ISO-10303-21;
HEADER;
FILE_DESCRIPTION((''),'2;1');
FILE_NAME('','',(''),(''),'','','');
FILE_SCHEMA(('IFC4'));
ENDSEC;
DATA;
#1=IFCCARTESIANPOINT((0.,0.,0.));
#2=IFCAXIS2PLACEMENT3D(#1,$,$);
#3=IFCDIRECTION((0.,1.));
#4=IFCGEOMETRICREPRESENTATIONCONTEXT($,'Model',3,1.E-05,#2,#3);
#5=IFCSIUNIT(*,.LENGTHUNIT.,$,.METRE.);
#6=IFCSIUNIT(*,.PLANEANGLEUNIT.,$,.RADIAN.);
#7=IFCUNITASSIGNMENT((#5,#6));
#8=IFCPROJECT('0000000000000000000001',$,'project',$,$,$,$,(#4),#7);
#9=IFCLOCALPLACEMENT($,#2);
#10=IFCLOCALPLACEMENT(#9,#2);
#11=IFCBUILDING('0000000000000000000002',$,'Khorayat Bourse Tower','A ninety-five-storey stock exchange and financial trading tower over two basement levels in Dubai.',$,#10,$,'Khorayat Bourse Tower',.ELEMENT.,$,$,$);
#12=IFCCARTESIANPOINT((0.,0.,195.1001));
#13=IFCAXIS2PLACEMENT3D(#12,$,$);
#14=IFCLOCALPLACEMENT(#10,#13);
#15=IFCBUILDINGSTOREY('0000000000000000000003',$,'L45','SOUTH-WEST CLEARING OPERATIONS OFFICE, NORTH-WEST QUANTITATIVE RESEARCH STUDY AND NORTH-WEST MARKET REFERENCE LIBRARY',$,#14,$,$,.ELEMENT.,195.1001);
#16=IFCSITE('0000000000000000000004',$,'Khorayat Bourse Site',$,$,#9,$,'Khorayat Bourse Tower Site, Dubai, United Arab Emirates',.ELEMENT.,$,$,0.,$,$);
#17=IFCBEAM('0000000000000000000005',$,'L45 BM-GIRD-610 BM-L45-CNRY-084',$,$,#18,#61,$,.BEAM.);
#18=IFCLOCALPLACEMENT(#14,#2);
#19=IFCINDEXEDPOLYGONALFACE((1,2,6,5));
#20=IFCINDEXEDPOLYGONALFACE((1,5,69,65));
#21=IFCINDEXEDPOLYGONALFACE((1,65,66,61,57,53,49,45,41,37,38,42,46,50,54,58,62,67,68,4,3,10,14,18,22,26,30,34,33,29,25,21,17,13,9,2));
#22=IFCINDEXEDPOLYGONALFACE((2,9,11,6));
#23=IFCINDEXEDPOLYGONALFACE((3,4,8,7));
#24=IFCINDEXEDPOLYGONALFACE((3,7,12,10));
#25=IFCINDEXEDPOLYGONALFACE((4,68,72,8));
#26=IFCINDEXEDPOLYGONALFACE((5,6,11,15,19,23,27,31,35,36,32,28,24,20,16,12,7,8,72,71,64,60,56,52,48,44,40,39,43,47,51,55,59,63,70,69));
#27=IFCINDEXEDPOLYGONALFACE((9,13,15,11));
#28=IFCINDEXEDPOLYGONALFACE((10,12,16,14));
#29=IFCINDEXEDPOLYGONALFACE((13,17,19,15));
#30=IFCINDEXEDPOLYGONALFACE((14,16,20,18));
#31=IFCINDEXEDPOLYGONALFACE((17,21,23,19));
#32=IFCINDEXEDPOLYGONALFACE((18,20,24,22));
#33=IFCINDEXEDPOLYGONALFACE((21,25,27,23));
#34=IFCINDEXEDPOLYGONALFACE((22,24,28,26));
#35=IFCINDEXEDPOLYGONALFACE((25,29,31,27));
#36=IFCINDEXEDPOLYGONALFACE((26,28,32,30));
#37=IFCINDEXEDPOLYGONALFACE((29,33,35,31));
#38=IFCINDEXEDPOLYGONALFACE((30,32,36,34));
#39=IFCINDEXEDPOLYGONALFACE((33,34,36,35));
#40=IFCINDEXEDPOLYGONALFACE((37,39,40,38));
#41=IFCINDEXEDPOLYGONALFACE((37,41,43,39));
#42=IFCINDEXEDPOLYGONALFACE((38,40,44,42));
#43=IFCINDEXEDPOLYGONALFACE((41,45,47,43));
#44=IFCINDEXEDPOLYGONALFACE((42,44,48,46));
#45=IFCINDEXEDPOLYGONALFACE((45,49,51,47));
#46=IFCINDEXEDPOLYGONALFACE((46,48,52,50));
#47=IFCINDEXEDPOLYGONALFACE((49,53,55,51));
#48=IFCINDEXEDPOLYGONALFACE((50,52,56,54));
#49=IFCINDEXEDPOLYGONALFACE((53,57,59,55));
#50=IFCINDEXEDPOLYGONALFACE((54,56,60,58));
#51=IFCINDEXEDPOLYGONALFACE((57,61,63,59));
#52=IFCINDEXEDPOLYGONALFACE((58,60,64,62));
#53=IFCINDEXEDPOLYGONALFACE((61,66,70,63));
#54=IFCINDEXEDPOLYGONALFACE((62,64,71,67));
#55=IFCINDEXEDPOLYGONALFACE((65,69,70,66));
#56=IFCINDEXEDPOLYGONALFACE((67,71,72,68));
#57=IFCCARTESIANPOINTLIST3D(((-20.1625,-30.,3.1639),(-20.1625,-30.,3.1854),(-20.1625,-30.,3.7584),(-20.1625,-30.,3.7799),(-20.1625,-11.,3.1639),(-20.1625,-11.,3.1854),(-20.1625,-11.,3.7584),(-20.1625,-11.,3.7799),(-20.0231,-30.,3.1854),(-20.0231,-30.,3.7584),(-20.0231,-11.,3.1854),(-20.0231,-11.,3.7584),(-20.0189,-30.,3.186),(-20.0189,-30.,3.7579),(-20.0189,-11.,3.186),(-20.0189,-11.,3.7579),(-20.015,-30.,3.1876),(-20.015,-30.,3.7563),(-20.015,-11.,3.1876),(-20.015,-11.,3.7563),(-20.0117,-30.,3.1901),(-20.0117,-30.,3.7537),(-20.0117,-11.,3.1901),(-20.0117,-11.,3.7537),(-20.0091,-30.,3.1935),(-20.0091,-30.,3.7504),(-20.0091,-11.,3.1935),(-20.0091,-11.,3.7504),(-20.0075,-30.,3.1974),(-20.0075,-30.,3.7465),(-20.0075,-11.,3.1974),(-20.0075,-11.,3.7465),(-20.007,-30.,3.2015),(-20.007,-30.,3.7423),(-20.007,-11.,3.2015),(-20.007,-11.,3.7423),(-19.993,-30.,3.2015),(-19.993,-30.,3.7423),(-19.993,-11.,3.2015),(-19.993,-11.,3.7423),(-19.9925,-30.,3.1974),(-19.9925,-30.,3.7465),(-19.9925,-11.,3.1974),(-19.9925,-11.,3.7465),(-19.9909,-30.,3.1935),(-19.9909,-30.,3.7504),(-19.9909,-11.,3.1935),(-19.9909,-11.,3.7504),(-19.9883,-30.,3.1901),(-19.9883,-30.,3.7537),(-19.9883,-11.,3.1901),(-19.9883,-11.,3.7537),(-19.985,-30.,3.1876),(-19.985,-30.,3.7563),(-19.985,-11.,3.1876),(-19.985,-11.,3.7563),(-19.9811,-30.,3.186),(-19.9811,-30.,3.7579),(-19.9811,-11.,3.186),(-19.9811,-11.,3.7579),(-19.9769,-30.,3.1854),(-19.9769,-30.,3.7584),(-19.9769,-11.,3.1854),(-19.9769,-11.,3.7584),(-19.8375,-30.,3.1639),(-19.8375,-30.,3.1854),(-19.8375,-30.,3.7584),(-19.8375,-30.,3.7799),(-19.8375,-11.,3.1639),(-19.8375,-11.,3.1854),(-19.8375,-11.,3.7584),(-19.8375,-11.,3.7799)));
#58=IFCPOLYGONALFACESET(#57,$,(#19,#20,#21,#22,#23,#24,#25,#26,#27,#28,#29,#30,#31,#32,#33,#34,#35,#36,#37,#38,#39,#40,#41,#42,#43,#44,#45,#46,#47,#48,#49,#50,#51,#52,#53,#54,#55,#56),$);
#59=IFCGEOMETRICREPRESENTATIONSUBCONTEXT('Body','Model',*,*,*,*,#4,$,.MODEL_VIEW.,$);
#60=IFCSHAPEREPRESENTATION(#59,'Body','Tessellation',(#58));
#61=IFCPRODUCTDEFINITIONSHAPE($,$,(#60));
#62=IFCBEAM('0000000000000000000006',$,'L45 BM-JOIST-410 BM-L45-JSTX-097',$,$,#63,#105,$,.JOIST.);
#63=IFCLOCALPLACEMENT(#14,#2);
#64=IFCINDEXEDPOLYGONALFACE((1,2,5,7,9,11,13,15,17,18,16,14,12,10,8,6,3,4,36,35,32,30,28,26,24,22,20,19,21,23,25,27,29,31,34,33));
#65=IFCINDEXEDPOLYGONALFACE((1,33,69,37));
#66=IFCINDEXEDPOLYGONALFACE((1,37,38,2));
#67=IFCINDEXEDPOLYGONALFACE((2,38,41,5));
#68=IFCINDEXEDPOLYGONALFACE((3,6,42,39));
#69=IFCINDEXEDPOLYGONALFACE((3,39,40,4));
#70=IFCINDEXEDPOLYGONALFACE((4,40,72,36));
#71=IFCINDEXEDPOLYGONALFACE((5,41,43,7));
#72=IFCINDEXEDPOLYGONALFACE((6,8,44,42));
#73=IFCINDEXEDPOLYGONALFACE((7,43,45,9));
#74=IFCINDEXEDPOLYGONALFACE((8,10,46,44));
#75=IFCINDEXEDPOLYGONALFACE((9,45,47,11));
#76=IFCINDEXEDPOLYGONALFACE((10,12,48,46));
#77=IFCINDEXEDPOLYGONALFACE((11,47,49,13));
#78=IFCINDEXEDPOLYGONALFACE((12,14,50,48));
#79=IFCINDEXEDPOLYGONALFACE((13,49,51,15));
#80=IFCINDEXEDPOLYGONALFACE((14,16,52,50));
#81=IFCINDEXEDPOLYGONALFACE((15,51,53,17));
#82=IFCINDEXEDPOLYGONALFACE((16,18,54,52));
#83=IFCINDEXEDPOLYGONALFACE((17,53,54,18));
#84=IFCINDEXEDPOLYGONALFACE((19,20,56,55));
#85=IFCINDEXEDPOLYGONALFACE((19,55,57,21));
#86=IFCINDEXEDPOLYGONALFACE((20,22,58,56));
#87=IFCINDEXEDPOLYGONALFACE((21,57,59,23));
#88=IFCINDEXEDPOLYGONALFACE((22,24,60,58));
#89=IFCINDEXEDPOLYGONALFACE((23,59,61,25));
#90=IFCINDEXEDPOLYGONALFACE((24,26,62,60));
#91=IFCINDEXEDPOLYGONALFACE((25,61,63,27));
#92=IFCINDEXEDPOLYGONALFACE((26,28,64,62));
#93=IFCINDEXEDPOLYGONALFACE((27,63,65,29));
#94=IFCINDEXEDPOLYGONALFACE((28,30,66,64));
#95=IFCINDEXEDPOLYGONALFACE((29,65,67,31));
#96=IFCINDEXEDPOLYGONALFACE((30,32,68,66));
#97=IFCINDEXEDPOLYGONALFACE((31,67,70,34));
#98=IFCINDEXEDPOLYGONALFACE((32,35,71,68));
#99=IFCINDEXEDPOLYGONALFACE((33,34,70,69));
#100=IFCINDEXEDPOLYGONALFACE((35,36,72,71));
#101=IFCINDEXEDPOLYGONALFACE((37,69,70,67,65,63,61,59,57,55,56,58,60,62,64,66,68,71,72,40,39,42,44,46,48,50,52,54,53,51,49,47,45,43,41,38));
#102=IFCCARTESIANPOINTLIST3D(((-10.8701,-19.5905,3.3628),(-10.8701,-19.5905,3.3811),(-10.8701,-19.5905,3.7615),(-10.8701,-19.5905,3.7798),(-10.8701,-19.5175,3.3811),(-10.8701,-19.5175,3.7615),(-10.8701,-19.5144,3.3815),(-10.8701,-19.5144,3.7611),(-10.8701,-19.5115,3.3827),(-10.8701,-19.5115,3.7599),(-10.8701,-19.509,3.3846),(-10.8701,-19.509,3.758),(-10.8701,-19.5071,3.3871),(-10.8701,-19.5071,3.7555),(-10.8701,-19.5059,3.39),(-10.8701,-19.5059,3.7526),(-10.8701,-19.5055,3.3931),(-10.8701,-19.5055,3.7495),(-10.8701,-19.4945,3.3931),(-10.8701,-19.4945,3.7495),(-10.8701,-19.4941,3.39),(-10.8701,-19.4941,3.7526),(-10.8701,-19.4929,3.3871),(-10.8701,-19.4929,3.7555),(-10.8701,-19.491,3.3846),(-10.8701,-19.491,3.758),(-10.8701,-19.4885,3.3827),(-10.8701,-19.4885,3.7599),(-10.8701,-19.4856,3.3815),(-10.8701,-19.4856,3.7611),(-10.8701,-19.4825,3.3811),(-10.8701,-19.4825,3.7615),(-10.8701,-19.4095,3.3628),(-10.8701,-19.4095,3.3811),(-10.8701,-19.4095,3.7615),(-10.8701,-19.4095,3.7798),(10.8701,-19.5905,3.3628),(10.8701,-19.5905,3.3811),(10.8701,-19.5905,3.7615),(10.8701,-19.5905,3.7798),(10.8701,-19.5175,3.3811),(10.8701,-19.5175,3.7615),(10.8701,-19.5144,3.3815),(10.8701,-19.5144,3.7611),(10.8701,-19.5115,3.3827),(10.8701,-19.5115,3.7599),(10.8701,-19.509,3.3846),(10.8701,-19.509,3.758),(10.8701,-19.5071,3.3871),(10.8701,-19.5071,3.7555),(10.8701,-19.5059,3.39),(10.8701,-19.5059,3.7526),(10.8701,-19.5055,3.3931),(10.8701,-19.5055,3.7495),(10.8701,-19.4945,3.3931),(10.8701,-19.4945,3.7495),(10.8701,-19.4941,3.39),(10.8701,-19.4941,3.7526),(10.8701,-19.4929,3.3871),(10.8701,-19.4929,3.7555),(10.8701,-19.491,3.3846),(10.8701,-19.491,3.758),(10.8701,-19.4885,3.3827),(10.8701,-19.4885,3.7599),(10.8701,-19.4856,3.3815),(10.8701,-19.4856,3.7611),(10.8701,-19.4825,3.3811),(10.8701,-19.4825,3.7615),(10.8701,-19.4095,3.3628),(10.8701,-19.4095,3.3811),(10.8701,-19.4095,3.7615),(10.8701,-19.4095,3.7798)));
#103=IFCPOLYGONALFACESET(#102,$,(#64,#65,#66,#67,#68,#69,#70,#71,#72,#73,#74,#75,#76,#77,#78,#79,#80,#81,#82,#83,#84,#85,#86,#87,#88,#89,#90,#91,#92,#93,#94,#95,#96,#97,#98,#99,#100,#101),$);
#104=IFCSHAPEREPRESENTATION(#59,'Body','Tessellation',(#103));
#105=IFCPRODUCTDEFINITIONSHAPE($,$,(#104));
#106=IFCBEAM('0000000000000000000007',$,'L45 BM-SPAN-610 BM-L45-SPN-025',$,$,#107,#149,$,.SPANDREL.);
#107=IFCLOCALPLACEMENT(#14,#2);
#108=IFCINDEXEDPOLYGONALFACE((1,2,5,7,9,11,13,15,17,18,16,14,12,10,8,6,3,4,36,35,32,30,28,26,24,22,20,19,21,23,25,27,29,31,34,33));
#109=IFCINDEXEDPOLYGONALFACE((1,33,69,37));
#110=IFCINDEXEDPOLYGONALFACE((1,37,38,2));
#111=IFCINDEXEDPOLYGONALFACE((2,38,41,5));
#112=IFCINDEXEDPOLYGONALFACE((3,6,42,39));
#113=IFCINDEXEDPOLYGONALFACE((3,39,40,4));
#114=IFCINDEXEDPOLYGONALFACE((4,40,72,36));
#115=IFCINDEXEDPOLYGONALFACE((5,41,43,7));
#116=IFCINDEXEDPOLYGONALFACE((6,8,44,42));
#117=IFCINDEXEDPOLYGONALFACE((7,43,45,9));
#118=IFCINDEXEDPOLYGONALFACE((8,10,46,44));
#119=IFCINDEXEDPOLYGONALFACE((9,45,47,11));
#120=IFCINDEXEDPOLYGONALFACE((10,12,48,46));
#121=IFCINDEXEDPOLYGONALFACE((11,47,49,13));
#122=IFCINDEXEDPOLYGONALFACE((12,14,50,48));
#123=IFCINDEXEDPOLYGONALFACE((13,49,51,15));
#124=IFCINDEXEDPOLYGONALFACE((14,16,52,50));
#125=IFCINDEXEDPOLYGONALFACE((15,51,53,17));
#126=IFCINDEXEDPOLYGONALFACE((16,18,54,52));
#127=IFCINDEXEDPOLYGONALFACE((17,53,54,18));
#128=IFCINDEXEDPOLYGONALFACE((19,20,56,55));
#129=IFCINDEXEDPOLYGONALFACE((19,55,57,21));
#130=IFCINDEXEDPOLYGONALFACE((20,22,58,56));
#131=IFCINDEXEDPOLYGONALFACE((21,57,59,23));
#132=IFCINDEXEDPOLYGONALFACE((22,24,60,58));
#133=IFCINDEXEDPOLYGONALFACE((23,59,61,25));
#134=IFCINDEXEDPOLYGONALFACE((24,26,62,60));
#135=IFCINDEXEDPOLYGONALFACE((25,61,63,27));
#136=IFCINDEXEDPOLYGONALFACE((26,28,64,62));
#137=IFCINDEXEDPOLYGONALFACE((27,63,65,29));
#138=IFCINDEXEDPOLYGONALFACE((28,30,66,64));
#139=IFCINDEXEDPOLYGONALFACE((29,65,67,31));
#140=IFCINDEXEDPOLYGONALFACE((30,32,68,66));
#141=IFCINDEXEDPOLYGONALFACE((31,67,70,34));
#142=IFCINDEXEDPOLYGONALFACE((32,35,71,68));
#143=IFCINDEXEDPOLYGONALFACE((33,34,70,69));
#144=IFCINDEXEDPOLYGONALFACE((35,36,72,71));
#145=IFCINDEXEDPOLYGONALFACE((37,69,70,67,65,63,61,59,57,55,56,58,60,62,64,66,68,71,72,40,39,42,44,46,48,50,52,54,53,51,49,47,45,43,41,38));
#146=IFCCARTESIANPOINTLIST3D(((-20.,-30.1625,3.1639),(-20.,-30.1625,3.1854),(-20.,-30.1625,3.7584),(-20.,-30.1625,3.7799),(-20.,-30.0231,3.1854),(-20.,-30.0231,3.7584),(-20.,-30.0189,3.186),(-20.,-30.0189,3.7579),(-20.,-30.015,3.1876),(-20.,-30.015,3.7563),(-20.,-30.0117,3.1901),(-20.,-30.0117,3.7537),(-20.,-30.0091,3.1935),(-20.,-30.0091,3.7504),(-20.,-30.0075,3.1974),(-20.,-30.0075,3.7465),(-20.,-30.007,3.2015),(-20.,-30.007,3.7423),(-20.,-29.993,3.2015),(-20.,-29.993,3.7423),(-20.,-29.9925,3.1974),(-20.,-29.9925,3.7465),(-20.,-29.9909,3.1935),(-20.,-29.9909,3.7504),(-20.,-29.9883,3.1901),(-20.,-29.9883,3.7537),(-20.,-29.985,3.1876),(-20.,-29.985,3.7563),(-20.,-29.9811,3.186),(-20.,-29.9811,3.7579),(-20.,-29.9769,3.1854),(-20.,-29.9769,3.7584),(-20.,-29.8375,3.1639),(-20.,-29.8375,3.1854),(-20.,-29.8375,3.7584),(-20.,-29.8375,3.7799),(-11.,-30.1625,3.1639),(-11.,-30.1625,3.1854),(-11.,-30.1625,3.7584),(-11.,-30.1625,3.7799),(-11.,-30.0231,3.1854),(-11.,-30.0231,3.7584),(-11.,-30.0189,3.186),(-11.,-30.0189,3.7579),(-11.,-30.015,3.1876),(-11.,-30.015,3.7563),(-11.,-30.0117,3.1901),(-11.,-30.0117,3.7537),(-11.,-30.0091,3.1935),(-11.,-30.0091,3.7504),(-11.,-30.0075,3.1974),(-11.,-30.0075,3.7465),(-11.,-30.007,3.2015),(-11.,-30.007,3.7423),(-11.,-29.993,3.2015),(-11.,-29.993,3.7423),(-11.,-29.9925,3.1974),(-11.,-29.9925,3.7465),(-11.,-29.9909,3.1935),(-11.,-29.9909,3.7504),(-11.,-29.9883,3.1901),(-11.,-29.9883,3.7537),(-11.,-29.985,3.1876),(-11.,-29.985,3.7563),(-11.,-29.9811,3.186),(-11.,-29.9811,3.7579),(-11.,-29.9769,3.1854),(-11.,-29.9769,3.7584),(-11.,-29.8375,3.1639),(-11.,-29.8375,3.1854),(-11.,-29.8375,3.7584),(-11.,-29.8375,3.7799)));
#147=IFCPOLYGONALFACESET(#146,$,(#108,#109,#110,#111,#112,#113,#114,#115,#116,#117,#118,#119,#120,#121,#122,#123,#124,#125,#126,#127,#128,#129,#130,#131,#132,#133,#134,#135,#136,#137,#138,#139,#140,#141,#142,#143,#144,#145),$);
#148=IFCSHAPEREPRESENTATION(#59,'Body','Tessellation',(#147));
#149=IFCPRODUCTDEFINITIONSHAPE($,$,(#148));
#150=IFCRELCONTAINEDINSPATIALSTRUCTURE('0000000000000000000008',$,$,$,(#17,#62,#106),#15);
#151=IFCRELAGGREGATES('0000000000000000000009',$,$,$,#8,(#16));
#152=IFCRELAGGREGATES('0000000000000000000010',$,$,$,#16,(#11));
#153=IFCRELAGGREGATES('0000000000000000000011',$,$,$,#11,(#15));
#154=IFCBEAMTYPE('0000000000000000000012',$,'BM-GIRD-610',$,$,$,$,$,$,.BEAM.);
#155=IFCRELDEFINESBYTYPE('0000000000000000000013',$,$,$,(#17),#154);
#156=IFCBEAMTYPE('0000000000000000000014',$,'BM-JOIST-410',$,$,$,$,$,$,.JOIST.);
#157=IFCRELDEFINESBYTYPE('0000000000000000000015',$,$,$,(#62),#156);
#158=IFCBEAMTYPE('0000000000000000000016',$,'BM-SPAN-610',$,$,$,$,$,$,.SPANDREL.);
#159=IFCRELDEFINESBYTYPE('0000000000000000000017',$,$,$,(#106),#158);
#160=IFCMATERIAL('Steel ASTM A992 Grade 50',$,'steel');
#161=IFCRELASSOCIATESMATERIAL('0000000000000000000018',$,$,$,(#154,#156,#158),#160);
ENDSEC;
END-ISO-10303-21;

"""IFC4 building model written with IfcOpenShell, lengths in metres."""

from ifc_helpers import new_model, si_unit, direction, frame, origin, origin_2d, place, context, subcontext, project, spatial, i_section, extrude, source, transform, mapped, material, material_profile, profile_set, type_object, element, save


model = new_model("IFC4")

# Units and contexts
model_context = context("Model", 3, precision=1e-05, world=origin(), true_north=direction((0.0, 1.0)))
body_context = subcontext(model_context, "Body", "Model", "MODEL_VIEW")
ifc_project = project(units=[si_unit("LENGTHUNIT", "METRE"), si_unit("PLANEANGLEUNIT", "RADIAN")], contexts=[model_context])

# Site, building, storey
site_placement = place(None, origin())
site = spatial("IfcSite", under=ifc_project, at=site_placement, Name="Khorayat Bourse Site", LongName="Khorayat Bourse Tower Site, Dubai, United Arab Emirates", CompositionType="ELEMENT", RefElevation=0.0)
building_placement = place(site_placement, origin())
building = spatial("IfcBuilding", under=site, at=building_placement, Name="Khorayat Bourse Tower", Description="A ninety-five-storey stock exchange and financial trading tower over two basement levels in Dubai.", LongName="Khorayat Bourse Tower", CompositionType="ELEMENT")
storey_placement = place(building_placement, frame((0.0, 0.0, 195.1001)))
storey = spatial("IfcBuildingStorey", under=building, at=storey_placement, Name="L45", Description="SOUTH-WEST CLEARING OPERATIONS OFFICE, NORTH-WEST QUANTITATIVE RESEARCH STUDY AND NORTH-WEST MARKET REFERENCE LIBRARY", CompositionType="ELEMENT", Elevation=195.1001)

# Beams
ifc_material_1 = material(Name="Steel ASTM A992 Grade 50", Category="steel")
ifc_material_profile_1 = material_profile(ifc_material_1, i_section(OverallWidth=0.325, OverallDepth=0.616, WebThickness=0.0139, FlangeThickness=0.0215, FilletRadius=0.0161, at=origin_2d()), Name="W610X174")
ifc_profile_set_1 = profile_set([ifc_material_profile_1], Name="Steel ASTM A992 Grade 50")
beam_type_1 = type_object("IfcBeamType", Name="BM-GIRD-610", PredefinedType="BEAM", material=ifc_profile_set_1)
shared_shape_1 = source(origin(), body_context, "Body", "SweptSolid", [
    extrude(i_section(OverallWidth=0.325, OverallDepth=0.616, WebThickness=0.0139, FlangeThickness=0.0215, FilletRadius=0.0161, at=origin_2d()), origin(), (0.0, 0.0, 1.0), 19.0),
])
beam_1_placement = place(storey_placement, frame((-20.0, -30.0, 3.4719), z_axis=(0.0, 1.0, 0.0), x_axis=(-1.0, 0.0, 0.0)))
element("IfcBeam", 1, at=beam_1_placement, inside=storey, type_object=beam_type_1, Name="L45 BM-GIRD-610 BM-L45-CNRY-084", PredefinedType="BEAM", context=body_context, shape_type="MappedRepresentation", body=[
    mapped(shared_shape_1, transform((0.0, 0.0, 0.0), scale=1.0)),
])
ifc_material_profile_2 = material_profile(ifc_material_1, i_section(OverallWidth=0.1809, OverallDepth=0.417, WebThickness=0.011, FlangeThickness=0.0183, FilletRadius=0.012, at=origin_2d()), Name="W410X85")
ifc_profile_set_2 = profile_set([ifc_material_profile_2], Name="Steel ASTM A992 Grade 50")
beam_type_2 = type_object("IfcBeamType", Name="BM-JOIST-410", PredefinedType="JOIST", material=ifc_profile_set_2)
shared_shape_2 = source(origin(), body_context, "Body", "SweptSolid", [
    extrude(i_section(OverallWidth=0.1809, OverallDepth=0.417, WebThickness=0.011, FlangeThickness=0.0183, FilletRadius=0.012, at=origin_2d()), origin(), (0.0, 0.0, 1.0), 21.7402),
])
beam_2_placement = place(storey_placement, frame((-10.8701, -19.5, 3.5713), z_axis=(1.0, 0.0, 0.0), x_axis=(0.0, 1.0, 0.0)))
element("IfcBeam", 2, at=beam_2_placement, inside=storey, type_object=beam_type_2, Name="L45 BM-JOIST-410 BM-L45-JSTX-097", PredefinedType="JOIST", context=body_context, shape_type="MappedRepresentation", body=[
    mapped(shared_shape_2, transform((0.0, 0.0, 0.0), scale=1.0)),
])
ifc_material_profile_3 = material_profile(ifc_material_1, i_section(OverallWidth=0.325, OverallDepth=0.616, WebThickness=0.0139, FlangeThickness=0.0215, FilletRadius=0.0161, at=origin_2d()), Name="W610X174")
ifc_profile_set_3 = profile_set([ifc_material_profile_3], Name="Steel ASTM A992 Grade 50")
beam_type_3 = type_object("IfcBeamType", Name="BM-SPAN-610", PredefinedType="SPANDREL", material=ifc_profile_set_3)
shared_shape_3 = source(origin(), body_context, "Body", "SweptSolid", [
    extrude(i_section(OverallWidth=0.325, OverallDepth=0.616, WebThickness=0.0139, FlangeThickness=0.0215, FilletRadius=0.0161, at=origin_2d()), origin(), (0.0, 0.0, 1.0), 9.0),
])
beam_3_placement = place(storey_placement, frame((-20.0, -30.0, 3.4719), z_axis=(1.0, 0.0, 0.0), x_axis=(0.0, 1.0, 0.0)))
element("IfcBeam", 3, at=beam_3_placement, inside=storey, type_object=beam_type_3, Name="L45 BM-SPAN-610 BM-L45-SPN-025", PredefinedType="SPANDREL", context=body_context, shape_type="MappedRepresentation", body=[
    mapped(shared_shape_3, transform((0.0, 0.0, 0.0), scale=1.0)),
])

save(model, "model.ifc")
